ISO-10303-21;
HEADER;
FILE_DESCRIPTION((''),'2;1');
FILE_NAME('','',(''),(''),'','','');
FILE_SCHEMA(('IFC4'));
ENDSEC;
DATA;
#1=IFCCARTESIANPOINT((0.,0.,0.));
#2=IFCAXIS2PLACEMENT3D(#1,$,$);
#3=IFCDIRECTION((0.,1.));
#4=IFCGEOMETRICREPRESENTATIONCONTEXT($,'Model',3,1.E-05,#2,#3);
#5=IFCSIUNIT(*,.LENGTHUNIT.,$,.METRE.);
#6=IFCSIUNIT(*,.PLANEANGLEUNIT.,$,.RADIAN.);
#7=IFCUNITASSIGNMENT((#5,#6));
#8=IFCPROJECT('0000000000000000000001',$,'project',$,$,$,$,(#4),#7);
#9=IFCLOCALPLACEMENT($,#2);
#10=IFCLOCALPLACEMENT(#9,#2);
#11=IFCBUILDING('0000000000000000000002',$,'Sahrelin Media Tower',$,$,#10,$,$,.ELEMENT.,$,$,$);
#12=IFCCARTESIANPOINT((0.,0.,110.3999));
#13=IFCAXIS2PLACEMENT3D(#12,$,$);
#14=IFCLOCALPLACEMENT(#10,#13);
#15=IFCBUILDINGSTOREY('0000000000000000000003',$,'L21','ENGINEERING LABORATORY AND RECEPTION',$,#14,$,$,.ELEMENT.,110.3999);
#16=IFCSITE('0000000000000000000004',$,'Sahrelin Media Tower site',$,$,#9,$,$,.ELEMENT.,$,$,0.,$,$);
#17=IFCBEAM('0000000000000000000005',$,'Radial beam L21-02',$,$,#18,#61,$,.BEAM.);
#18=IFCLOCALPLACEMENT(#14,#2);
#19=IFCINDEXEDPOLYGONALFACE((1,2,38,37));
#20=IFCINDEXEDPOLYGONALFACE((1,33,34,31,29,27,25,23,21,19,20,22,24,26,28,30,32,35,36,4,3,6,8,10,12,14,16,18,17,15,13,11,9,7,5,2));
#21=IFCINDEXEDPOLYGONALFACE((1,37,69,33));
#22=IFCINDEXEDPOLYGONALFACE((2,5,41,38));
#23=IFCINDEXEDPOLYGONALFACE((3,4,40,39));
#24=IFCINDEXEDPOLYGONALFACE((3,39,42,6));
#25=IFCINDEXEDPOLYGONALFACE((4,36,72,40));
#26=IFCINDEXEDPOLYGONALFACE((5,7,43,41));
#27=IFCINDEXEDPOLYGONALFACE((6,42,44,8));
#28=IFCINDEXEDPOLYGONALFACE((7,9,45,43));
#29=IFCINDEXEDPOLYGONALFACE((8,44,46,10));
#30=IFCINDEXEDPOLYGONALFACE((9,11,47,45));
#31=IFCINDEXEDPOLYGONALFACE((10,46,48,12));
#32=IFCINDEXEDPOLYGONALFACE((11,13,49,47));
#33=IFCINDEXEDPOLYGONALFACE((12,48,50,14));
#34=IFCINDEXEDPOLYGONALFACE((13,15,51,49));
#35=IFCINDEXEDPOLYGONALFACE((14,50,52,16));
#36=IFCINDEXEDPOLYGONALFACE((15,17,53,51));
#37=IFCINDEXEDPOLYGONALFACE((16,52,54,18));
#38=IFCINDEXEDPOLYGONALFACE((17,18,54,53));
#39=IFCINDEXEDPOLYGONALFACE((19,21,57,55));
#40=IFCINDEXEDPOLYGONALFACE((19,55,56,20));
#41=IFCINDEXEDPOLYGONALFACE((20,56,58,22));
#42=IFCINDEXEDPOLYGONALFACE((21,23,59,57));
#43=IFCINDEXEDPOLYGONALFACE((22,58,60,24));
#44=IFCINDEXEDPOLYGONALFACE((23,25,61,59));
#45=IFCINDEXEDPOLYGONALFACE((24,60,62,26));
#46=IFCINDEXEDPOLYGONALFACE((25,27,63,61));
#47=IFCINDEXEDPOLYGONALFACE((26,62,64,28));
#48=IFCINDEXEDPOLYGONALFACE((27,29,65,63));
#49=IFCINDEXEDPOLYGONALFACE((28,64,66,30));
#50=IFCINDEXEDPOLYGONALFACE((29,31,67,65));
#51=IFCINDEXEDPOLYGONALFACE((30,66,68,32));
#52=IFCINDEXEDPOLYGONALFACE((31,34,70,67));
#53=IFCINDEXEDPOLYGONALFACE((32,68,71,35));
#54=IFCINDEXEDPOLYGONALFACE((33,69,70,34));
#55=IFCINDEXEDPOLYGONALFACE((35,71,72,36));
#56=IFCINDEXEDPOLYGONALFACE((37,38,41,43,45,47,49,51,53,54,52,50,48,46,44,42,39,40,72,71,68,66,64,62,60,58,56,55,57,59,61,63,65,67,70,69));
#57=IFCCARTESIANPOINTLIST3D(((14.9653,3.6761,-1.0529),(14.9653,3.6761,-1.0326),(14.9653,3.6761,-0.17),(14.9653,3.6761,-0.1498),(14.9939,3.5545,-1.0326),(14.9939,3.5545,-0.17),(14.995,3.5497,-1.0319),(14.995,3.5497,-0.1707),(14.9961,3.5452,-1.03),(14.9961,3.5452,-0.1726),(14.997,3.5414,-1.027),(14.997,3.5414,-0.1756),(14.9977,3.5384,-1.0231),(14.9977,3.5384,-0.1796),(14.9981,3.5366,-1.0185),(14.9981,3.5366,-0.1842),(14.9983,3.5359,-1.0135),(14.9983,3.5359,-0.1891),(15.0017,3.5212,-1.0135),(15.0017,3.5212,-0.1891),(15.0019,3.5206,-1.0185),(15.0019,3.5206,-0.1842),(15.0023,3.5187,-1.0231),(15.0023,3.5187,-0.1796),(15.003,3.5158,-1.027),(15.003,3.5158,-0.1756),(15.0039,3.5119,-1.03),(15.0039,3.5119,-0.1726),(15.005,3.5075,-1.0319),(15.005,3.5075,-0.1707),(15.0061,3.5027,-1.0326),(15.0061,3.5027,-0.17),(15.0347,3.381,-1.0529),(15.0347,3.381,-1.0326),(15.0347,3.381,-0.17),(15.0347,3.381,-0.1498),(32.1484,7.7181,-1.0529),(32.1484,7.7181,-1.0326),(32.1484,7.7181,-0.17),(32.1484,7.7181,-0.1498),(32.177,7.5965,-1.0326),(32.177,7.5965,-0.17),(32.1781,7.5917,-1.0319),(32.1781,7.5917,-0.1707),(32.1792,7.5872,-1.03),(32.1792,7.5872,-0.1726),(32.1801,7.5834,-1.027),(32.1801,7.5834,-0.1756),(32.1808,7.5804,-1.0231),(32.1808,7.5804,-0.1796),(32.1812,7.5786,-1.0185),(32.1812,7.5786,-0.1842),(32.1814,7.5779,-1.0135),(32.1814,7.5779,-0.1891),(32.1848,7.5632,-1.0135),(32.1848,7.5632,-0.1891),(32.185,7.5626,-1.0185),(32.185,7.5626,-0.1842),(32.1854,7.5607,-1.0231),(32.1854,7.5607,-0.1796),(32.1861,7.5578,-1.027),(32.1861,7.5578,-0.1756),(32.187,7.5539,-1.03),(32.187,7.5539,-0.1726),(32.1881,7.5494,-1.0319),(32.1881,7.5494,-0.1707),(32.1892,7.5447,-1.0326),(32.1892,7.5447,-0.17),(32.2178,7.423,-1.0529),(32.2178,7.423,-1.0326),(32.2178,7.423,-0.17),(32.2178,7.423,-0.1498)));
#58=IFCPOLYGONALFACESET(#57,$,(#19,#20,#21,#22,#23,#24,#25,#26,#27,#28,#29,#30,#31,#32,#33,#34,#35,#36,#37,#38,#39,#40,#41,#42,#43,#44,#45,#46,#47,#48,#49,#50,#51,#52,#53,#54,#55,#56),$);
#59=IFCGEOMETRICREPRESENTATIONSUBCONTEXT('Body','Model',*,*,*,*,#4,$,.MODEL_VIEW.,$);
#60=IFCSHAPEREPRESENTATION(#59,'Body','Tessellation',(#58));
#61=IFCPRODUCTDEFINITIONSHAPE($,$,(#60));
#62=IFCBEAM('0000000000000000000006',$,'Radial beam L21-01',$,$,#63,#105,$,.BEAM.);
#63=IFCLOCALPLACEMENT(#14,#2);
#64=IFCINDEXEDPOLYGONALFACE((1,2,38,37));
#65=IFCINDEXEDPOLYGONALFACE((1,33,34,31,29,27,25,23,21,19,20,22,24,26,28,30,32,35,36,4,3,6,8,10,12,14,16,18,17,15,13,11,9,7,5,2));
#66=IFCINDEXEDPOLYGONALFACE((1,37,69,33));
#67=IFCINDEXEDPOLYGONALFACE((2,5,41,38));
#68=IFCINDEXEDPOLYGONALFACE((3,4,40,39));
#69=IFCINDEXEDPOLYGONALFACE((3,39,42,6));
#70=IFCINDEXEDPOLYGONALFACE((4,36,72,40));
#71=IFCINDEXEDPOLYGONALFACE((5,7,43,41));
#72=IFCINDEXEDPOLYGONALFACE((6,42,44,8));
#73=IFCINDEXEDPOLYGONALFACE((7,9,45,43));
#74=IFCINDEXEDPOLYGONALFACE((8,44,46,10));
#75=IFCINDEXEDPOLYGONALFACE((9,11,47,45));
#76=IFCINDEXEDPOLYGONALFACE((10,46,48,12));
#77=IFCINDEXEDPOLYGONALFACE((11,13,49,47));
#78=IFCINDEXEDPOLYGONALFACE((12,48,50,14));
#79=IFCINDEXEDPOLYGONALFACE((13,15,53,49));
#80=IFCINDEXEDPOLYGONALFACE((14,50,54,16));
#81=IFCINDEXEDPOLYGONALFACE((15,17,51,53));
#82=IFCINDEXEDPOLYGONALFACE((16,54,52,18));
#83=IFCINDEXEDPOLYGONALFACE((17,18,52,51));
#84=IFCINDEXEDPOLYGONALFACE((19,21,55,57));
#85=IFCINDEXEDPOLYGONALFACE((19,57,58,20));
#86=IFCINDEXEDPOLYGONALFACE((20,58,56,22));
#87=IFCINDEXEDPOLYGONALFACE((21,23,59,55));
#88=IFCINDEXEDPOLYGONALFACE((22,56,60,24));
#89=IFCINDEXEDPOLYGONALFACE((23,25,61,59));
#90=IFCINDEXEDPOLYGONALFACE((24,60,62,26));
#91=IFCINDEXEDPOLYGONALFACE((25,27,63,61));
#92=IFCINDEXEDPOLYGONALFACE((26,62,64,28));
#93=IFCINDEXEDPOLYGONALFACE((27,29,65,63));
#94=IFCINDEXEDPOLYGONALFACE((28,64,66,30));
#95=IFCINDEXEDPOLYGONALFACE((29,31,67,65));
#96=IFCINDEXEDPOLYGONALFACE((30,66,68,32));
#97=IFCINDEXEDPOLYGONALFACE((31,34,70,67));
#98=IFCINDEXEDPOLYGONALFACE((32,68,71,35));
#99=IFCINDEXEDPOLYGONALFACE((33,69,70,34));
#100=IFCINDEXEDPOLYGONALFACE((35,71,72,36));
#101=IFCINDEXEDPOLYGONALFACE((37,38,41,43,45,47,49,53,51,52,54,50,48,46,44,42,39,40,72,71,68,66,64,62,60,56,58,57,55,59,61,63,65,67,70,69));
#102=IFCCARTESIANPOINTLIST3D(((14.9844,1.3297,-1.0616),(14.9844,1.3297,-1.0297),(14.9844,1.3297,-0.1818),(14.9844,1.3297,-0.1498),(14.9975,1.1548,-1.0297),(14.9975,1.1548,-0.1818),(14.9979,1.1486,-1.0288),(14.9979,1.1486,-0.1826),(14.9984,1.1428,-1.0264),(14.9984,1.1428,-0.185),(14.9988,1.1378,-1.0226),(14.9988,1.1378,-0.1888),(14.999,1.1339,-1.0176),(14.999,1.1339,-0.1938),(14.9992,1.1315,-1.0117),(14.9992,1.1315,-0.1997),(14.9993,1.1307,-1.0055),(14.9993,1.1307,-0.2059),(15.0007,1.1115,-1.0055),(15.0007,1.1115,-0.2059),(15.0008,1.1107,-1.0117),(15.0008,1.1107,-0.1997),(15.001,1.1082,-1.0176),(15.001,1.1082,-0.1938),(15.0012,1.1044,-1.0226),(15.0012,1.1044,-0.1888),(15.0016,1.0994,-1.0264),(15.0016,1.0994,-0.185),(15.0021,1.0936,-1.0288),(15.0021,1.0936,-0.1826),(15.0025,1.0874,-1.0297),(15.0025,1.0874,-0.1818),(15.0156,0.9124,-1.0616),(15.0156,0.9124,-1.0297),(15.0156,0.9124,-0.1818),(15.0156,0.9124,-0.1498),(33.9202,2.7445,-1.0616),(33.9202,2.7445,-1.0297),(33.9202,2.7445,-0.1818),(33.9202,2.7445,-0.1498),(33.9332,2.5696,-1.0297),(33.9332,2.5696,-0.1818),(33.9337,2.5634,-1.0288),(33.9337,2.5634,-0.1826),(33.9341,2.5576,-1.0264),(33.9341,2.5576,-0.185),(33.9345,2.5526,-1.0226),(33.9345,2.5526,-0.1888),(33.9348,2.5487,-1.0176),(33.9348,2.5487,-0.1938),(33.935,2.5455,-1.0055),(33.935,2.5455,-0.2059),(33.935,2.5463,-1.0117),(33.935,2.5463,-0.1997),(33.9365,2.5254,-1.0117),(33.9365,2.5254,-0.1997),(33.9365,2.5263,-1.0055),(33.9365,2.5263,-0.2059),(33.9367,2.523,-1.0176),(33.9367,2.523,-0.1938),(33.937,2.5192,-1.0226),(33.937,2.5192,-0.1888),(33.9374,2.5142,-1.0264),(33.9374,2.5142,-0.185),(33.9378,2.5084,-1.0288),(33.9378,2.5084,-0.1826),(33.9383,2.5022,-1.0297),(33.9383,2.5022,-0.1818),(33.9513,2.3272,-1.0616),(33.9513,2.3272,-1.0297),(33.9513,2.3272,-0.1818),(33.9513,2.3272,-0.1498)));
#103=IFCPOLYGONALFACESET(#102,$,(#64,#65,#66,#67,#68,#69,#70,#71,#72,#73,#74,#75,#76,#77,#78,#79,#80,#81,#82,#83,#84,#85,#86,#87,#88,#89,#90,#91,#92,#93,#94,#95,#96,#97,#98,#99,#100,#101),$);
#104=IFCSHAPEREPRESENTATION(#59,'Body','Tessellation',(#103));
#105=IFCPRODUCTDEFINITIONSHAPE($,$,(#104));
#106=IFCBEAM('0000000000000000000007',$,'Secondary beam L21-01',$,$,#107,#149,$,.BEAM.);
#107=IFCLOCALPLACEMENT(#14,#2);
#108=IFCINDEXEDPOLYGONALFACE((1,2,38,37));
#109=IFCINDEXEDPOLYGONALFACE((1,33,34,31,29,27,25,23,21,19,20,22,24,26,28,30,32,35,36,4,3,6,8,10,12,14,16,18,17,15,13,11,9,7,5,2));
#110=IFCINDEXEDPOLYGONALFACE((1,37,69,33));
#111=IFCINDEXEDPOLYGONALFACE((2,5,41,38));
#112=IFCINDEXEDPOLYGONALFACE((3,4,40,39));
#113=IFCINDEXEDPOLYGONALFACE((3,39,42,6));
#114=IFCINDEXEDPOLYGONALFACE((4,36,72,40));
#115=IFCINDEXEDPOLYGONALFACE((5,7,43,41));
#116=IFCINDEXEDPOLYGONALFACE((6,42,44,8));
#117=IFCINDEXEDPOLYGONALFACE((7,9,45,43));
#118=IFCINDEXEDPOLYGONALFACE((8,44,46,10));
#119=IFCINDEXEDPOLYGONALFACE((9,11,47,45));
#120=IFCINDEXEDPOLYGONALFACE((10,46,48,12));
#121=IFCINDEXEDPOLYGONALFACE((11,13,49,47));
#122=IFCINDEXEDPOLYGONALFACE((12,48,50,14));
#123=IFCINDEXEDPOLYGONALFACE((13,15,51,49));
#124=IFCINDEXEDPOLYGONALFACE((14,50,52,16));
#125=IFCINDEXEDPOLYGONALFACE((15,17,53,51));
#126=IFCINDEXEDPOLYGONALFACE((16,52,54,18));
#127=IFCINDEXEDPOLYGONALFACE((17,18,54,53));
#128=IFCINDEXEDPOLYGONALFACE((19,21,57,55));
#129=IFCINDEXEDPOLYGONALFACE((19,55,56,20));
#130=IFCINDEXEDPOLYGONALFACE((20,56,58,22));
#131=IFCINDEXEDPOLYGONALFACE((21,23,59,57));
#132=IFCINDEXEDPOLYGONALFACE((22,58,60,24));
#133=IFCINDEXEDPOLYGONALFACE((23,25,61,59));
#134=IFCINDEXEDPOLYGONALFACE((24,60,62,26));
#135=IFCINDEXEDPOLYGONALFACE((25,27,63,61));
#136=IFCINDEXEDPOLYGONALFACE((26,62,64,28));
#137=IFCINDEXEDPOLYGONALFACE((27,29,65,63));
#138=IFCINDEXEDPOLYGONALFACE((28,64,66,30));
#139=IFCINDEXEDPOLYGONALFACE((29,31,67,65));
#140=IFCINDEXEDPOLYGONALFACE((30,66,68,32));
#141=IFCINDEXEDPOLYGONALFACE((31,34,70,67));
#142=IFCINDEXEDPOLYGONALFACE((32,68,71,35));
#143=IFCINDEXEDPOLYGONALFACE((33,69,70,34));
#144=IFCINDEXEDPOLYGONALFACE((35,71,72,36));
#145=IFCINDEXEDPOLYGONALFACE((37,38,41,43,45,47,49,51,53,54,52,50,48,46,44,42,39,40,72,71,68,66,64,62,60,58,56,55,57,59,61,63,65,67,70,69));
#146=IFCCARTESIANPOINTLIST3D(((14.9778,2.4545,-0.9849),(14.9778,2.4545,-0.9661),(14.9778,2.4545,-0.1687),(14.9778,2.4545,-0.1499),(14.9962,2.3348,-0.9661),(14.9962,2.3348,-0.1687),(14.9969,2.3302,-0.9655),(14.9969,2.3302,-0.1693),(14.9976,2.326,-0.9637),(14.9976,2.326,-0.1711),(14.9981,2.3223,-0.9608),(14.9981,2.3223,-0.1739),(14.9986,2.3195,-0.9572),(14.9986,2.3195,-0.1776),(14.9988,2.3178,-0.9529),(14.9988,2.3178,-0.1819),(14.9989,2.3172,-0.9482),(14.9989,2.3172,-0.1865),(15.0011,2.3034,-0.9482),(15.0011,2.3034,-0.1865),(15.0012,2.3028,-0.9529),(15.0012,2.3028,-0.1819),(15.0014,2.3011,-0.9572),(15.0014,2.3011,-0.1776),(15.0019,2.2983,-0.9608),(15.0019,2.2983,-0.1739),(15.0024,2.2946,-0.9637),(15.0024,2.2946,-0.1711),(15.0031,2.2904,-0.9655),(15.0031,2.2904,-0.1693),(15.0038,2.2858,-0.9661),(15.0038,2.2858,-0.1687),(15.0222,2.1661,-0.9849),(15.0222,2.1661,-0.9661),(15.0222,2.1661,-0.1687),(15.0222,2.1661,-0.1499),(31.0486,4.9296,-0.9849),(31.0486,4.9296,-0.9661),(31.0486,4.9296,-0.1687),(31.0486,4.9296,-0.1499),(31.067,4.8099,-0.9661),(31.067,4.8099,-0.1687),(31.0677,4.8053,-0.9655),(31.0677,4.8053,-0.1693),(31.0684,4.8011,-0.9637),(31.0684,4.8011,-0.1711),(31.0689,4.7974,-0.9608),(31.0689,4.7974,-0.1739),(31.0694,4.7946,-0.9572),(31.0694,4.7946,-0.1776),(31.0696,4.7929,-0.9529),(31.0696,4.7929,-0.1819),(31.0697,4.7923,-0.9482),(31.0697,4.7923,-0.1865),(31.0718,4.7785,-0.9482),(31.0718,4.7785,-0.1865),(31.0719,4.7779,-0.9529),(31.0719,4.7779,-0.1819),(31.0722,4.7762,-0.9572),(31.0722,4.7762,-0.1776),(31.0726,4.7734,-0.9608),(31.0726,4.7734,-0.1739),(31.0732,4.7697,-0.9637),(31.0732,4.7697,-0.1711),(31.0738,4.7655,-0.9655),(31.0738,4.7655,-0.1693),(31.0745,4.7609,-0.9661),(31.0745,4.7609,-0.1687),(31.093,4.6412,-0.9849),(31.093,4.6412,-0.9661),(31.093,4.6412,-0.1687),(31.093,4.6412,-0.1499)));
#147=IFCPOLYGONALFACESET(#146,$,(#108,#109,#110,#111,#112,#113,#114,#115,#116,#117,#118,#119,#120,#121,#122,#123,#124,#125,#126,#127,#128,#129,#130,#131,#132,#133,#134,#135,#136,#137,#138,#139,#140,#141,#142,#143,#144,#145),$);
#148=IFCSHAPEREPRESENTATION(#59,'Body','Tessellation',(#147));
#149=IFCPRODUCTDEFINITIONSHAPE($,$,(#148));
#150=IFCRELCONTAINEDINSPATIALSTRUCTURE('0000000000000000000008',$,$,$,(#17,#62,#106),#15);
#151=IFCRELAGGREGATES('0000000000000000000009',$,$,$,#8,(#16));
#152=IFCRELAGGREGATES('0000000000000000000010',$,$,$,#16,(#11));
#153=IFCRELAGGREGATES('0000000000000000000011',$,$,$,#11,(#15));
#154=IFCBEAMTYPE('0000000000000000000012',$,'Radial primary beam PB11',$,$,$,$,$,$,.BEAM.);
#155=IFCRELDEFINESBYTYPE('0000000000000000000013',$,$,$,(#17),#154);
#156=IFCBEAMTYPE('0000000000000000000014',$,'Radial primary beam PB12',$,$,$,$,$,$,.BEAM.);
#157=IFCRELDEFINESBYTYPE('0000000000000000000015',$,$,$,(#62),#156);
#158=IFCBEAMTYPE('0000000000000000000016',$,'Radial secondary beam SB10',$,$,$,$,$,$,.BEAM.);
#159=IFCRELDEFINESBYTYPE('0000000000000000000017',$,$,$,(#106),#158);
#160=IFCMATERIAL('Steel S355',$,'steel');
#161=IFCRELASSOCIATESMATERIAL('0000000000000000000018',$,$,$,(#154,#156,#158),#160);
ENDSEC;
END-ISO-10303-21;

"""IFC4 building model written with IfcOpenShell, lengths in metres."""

from ifc_helpers import new_model, si_unit, direction, frame, origin, origin_2d, place, context, subcontext, project, spatial, i_section, extrude, material, material_profile, profile_set, type_object, element, save


model = new_model("IFC4")

# Units and contexts
model_context = context("Model", 3, precision=1e-05, world=origin(), true_north=direction((0.0, 1.0)))
body_context = subcontext(model_context, "Body", "Model", "MODEL_VIEW")
ifc_project = project(units=[si_unit("LENGTHUNIT", "METRE"), si_unit("PLANEANGLEUNIT", "RADIAN")], contexts=[model_context])

# Site, building, storey
site_placement = place(None, origin())
site = spatial("IfcSite", under=ifc_project, at=site_placement, Name="Sahrelin Media Tower site", CompositionType="ELEMENT", RefElevation=0.0)
building_placement = place(site_placement, origin())
building = spatial("IfcBuilding", under=site, at=building_placement, Name="Sahrelin Media Tower", CompositionType="ELEMENT")
storey_placement = place(building_placement, frame((0.0, 0.0, 110.3999)))
storey = spatial("IfcBuildingStorey", under=building, at=storey_placement, Name="L21", Description="ENGINEERING LABORATORY AND RECEPTION", CompositionType="ELEMENT", Elevation=110.3999)

# Beams
ifc_material_1 = material(Name="Steel S355", Category="steel")
ifc_material_profile_1 = material_profile(ifc_material_1, i_section(OverallWidth=0.3032, OverallDepth=0.9031, WebThickness=0.0151, FlangeThickness=0.0203, FilletRadius=0.019, at=origin_2d()), Name="UB 914x305x201")
ifc_profile_set_1 = profile_set([ifc_material_profile_1], Name="Steel S355")
beam_type_1 = type_object("IfcBeamType", Name="Radial primary beam PB11", PredefinedType="BEAM", material=ifc_profile_set_1)
beam_1_placement = place(storey_placement, frame((15.0, 3.5286, -0.6013), z_axis=(0.973431, 0.228981, 0.0), x_axis=(-0.228981, 0.973431, 0.0)))
element("IfcBeam", 1, at=beam_1_placement, inside=storey, type_object=beam_type_1, Name="Radial beam L21-02", PredefinedType="BEAM", context=body_context, shape_type="SweptSolid", body=[
    extrude(i_section(OverallWidth=0.3032, OverallDepth=0.9031, WebThickness=0.0151, FlangeThickness=0.0203, FilletRadius=0.019, at=origin_2d()), origin(), (0.0, 0.0, 1.0), 17.6521),
])
ifc_material_profile_2 = material_profile(ifc_material_1, i_section(OverallWidth=0.4185, OverallDepth=0.9119, WebThickness=0.0193, FlangeThickness=0.032, FilletRadius=0.0242, at=origin_2d()), Name="UB 914x419x343")
ifc_profile_set_2 = profile_set([ifc_material_profile_2], Name="Steel S355")
beam_type_2 = type_object("IfcBeamType", Name="Radial primary beam PB12", PredefinedType="BEAM", material=ifc_profile_set_2)
beam_2_placement = place(storey_placement, frame((15.0, 1.1211, -0.6057), z_axis=(0.99722, 0.074508, 0.0), x_axis=(-0.074508, 0.99722, 0.0)))
element("IfcBeam", 2, at=beam_2_placement, inside=storey, type_object=beam_type_2, Name="Radial beam L21-01", PredefinedType="BEAM", context=body_context, shape_type="SweptSolid", body=[
    extrude(i_section(OverallWidth=0.4185, OverallDepth=0.9119, WebThickness=0.0193, FlangeThickness=0.032, FilletRadius=0.0242, at=origin_2d()), origin(), (0.0, 0.0, 1.0), 18.9885),
])
ifc_material_profile_3 = material_profile(ifc_material_1, i_section(OverallWidth=0.2917, OverallDepth=0.835, WebThickness=0.0139, FlangeThickness=0.0188, FilletRadius=0.0178, at=origin_2d()), Name="UB 838x292x176")
ifc_profile_set_3 = profile_set([ifc_material_profile_3], Name="Steel S355")
beam_type_3 = type_object("IfcBeamType", Name="Radial secondary beam SB10", PredefinedType="BEAM", material=ifc_profile_set_3)
beam_3_placement = place(storey_placement, frame((15.0, 2.3103, -0.5674), z_axis=(0.988347, 0.152217, 0.0), x_axis=(-0.152217, 0.988347, 0.0)))
element("IfcBeam", 3, at=beam_3_placement, inside=storey, type_object=beam_type_3, Name="Secondary beam L21-01", PredefinedType="BEAM", context=body_context, shape_type="SweptSolid", body=[
    extrude(i_section(OverallWidth=0.2917, OverallDepth=0.835, WebThickness=0.0139, FlangeThickness=0.0188, FilletRadius=0.0178, at=origin_2d()), origin(), (0.0, 0.0, 1.0), 16.2603),
])

save(model, "model.ifc")
